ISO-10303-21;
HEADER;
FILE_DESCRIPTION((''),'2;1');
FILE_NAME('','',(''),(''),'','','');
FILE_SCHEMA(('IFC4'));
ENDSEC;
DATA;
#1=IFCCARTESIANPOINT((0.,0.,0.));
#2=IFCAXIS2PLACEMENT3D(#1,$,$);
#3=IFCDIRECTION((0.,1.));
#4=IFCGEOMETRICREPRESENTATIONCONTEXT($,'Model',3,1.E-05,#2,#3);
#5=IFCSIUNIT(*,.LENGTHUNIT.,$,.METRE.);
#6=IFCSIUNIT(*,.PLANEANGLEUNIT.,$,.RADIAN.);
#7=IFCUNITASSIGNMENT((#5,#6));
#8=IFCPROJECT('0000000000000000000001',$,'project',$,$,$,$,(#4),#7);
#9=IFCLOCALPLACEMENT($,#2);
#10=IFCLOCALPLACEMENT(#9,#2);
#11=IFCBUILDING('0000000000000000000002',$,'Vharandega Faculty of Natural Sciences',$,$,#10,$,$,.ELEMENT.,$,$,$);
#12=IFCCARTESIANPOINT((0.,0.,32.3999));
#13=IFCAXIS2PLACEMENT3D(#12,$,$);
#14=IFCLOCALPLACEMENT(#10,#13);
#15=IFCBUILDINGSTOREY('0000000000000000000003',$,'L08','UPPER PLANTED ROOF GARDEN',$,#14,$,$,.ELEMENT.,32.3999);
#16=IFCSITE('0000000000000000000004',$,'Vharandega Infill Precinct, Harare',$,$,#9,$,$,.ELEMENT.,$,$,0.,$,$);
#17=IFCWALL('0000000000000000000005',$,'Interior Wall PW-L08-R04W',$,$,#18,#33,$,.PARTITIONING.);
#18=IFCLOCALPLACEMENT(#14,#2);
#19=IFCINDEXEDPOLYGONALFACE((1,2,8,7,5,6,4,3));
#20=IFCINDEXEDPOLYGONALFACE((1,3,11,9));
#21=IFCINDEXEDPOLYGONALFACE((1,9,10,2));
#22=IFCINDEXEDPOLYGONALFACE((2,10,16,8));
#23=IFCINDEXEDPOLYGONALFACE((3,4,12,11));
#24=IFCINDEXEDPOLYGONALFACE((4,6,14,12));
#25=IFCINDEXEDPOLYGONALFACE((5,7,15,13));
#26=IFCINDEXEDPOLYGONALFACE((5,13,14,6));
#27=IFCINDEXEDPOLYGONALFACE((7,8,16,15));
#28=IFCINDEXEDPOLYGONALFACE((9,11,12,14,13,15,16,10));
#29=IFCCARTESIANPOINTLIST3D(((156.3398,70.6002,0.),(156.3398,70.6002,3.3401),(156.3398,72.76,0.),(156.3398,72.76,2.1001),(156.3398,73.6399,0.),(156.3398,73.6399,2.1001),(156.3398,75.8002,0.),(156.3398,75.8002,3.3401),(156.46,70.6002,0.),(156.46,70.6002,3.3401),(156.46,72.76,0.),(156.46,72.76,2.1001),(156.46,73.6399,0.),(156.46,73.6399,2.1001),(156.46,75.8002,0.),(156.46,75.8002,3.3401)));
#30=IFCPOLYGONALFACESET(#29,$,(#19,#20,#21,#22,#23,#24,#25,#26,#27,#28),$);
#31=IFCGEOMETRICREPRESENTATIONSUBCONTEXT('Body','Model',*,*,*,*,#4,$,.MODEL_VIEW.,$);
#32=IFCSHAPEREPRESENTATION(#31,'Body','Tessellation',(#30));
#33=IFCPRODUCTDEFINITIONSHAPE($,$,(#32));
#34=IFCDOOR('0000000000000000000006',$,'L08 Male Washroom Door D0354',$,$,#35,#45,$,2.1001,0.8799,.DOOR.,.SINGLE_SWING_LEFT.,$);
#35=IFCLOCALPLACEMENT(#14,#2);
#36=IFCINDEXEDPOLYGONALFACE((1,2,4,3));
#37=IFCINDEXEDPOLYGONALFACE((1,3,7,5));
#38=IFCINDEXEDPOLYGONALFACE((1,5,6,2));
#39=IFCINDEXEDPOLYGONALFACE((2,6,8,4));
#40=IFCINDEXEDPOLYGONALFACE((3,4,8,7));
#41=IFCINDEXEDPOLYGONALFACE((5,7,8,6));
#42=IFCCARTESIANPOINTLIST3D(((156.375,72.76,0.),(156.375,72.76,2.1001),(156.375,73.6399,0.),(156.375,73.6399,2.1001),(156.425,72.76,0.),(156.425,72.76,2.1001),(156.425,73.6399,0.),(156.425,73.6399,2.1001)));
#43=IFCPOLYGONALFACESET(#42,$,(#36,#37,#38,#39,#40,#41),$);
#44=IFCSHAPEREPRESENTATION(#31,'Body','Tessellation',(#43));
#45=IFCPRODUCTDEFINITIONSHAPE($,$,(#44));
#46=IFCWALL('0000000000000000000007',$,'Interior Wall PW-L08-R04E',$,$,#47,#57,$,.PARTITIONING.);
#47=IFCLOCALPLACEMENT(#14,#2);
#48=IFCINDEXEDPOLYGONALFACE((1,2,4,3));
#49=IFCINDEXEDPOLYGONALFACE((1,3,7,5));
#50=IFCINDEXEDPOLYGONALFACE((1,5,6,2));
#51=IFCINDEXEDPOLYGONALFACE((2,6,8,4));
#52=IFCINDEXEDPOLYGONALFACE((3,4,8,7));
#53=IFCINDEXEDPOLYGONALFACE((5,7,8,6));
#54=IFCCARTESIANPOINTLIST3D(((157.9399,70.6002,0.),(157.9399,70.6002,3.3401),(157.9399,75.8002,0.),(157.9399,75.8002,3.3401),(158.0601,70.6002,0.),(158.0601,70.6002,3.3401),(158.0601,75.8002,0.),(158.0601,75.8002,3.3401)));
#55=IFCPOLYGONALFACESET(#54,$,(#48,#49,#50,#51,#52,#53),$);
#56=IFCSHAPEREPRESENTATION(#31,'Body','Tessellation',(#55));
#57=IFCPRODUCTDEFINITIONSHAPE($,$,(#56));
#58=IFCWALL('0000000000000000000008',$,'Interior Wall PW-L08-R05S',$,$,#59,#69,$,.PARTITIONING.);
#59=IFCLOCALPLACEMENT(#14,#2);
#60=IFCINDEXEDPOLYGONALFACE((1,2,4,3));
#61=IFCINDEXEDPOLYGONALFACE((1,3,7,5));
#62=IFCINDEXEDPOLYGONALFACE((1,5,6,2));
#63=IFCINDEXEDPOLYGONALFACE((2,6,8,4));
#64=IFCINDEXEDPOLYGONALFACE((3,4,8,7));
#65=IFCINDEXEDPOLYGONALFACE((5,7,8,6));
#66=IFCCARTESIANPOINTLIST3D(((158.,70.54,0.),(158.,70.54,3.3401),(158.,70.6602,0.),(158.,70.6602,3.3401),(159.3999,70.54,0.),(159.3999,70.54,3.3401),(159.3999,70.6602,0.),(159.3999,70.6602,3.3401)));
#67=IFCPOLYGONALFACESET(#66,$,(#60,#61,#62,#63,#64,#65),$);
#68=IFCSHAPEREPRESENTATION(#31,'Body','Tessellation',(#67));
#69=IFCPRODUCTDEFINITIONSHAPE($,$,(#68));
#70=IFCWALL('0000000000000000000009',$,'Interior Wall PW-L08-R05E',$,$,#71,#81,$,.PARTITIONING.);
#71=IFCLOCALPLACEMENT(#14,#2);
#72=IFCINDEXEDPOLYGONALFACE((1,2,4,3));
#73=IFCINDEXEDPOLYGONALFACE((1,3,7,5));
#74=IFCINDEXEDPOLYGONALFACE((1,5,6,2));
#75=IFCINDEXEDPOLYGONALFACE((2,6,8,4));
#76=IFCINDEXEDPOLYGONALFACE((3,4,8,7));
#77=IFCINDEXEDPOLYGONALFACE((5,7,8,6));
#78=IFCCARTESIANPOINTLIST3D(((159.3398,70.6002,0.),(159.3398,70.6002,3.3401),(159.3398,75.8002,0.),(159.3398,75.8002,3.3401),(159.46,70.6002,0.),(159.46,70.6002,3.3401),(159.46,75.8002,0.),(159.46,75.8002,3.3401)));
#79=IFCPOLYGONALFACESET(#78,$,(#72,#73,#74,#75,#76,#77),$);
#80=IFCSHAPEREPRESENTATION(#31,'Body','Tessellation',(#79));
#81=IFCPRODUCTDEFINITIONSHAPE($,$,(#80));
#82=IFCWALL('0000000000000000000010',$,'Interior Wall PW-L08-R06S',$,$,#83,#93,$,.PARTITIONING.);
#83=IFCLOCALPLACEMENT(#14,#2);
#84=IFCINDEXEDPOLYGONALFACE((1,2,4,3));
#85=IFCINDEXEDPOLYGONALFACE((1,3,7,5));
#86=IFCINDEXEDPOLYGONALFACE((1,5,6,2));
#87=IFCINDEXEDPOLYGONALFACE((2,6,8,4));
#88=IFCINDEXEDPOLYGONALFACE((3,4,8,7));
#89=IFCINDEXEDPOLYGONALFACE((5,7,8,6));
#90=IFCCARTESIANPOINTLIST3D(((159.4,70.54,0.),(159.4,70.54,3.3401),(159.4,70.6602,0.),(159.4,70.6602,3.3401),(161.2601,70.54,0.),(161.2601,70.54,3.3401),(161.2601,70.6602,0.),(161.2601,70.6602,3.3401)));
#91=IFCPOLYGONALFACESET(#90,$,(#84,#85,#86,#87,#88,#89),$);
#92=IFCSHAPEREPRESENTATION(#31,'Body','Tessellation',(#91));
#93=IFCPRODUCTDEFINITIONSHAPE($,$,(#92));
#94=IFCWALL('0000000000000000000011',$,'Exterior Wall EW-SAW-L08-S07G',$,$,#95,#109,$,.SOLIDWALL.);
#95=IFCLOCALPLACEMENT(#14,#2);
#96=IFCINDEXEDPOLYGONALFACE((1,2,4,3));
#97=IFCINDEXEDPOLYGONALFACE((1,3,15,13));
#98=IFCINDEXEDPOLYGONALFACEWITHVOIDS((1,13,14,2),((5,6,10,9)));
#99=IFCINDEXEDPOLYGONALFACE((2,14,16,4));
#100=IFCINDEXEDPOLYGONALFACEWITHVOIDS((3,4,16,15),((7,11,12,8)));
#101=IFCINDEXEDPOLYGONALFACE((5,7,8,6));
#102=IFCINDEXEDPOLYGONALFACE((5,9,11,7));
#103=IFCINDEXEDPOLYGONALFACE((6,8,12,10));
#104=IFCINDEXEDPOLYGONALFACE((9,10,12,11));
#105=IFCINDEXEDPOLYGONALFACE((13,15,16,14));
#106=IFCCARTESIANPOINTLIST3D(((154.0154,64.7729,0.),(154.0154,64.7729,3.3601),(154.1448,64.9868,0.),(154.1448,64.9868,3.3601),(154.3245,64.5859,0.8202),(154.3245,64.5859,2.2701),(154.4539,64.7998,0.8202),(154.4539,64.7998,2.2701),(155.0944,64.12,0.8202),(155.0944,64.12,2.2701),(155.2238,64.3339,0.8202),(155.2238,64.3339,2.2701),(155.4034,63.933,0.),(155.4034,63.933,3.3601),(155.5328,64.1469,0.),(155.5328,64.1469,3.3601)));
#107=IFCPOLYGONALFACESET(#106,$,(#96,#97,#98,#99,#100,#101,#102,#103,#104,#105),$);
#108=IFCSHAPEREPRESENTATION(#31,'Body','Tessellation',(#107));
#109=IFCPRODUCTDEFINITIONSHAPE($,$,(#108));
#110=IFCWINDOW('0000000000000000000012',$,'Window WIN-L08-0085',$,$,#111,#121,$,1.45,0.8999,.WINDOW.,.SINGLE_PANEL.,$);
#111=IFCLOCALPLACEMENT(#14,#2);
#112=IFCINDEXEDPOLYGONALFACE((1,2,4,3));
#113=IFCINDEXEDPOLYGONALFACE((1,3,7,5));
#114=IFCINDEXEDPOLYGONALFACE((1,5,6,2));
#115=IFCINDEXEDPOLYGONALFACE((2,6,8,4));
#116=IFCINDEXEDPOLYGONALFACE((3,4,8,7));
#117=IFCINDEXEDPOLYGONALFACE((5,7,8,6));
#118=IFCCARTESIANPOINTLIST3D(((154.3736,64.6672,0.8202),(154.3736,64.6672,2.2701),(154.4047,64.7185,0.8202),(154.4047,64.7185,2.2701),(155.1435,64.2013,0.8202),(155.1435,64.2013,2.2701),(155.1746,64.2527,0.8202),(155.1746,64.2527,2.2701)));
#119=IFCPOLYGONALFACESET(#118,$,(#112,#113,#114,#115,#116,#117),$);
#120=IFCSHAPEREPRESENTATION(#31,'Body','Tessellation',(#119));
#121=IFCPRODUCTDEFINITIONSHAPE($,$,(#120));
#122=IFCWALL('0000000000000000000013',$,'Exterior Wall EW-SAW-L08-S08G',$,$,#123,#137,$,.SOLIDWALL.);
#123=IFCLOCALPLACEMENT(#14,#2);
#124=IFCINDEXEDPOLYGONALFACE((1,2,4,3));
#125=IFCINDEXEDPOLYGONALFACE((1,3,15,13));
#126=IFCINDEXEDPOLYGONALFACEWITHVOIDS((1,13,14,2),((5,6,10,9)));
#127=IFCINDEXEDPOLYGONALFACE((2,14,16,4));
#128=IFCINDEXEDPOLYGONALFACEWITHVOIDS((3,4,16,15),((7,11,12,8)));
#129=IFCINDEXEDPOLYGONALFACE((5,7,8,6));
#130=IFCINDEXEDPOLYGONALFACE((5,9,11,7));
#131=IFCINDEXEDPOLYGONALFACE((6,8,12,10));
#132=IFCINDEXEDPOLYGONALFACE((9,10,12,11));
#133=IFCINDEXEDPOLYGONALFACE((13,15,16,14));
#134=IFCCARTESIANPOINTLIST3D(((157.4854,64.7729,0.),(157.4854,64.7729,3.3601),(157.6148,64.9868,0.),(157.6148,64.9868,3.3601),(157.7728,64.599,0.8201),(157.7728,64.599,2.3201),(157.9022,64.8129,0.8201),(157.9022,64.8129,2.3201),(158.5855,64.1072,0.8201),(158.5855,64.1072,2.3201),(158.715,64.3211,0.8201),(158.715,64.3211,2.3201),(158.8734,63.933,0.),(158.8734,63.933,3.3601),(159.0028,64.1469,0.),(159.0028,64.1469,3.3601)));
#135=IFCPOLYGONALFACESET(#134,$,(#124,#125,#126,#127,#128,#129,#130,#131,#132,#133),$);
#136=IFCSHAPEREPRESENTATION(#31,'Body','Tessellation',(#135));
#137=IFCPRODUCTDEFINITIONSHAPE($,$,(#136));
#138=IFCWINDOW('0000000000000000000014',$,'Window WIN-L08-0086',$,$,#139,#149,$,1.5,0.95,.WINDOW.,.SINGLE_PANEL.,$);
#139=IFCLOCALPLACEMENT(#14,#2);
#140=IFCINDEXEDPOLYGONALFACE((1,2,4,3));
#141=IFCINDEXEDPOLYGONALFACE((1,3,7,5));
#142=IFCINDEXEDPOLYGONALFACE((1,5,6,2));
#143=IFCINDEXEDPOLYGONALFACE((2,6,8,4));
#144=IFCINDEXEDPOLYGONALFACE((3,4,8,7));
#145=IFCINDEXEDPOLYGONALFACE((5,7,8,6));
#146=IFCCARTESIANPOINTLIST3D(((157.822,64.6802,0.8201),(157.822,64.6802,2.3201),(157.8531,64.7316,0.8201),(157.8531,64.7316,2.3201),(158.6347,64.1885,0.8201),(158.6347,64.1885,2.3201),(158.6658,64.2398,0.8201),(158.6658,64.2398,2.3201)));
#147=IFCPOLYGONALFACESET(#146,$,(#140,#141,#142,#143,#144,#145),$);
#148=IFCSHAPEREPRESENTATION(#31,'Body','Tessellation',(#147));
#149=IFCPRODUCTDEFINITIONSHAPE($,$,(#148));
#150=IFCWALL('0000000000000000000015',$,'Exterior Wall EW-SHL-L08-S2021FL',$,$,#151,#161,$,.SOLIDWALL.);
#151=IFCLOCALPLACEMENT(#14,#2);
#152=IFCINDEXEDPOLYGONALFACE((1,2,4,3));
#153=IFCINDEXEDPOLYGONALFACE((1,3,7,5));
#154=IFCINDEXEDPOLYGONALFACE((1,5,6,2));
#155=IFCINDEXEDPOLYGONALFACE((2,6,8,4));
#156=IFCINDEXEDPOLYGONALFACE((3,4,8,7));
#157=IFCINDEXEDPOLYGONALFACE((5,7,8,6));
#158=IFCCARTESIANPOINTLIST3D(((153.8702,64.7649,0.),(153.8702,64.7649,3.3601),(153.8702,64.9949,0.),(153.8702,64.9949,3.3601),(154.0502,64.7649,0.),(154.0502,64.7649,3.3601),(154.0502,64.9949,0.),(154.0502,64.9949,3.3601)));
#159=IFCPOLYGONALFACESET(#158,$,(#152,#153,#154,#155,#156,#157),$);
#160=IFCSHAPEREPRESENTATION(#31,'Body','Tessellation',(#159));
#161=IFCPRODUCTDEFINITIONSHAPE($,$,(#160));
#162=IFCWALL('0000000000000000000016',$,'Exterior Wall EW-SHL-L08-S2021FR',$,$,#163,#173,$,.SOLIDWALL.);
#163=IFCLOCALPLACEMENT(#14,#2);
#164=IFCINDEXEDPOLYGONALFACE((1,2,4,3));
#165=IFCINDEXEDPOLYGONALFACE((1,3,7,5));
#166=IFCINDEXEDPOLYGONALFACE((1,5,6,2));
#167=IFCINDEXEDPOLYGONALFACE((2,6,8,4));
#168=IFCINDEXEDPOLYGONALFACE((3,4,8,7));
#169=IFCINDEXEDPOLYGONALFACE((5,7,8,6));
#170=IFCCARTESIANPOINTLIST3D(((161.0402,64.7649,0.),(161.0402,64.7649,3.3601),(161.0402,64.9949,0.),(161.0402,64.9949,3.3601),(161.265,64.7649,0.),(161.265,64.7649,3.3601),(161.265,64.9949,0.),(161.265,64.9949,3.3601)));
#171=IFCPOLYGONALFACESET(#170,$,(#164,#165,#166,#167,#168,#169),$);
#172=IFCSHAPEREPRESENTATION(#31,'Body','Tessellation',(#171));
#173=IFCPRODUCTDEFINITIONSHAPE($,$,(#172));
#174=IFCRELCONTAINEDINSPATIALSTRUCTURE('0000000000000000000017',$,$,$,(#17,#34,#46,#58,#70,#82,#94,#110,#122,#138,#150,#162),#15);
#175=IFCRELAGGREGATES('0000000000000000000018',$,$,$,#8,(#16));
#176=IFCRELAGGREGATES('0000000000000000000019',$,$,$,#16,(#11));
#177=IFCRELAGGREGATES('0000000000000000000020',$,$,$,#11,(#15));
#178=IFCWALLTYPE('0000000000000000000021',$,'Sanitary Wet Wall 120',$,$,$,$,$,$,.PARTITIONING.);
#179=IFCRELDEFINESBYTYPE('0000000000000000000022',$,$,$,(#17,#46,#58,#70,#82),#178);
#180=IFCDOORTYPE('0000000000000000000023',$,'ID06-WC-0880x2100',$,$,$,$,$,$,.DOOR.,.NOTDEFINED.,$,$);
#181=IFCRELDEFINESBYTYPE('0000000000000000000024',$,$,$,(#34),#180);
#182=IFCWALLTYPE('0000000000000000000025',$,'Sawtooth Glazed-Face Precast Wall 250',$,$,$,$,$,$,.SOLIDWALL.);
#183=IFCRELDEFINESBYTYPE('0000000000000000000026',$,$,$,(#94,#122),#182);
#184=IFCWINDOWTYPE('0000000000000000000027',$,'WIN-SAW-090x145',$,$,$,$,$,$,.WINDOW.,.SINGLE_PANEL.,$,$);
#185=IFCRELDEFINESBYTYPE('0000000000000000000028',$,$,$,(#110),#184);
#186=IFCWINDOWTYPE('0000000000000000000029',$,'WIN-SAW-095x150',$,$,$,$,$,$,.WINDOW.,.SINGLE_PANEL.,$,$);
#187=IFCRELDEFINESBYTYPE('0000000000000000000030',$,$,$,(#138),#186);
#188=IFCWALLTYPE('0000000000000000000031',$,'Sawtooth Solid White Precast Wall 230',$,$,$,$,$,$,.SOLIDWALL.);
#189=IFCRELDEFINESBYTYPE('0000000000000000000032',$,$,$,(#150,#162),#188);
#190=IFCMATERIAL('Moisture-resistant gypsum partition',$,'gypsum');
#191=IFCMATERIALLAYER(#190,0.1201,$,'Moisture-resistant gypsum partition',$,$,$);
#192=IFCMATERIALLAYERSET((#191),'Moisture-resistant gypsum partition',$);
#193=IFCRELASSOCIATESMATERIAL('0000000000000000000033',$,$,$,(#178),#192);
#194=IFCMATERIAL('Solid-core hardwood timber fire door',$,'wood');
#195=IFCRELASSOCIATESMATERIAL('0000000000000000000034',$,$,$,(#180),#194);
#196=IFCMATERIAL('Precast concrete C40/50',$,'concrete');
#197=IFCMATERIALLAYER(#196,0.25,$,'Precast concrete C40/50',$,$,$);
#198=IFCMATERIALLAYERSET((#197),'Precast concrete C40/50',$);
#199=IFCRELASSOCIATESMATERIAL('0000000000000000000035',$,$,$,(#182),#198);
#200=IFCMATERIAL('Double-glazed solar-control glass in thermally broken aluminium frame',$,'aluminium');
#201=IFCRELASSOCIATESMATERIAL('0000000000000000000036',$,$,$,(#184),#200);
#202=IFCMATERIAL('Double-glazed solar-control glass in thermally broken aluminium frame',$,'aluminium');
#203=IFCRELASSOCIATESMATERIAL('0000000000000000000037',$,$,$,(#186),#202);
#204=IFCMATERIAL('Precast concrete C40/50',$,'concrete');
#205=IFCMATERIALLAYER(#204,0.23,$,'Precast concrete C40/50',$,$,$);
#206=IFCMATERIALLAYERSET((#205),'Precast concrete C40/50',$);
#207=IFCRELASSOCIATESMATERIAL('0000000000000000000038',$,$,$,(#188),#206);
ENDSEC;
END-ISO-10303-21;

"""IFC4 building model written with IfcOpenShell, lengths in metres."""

from ifc_helpers import new_model, si_unit, direction, frame, frame_2d, origin, place, context, subcontext, project, spatial, rectangle, extrude, material, layer, layer_set, type_object, element, fill, save


model = new_model("IFC4")

# Units and contexts
model_context = context("Model", 3, precision=1e-05, world=origin(), true_north=direction((0.0, 1.0)))
body_context = subcontext(model_context, "Body", "Model", "MODEL_VIEW")
ifc_project = project(units=[si_unit("LENGTHUNIT", "METRE"), si_unit("PLANEANGLEUNIT", "RADIAN")], contexts=[model_context])

# Site, building, storey
site_placement = place(None, origin())
site = spatial("IfcSite", under=ifc_project, at=site_placement, Name="Vharandega Infill Precinct, Harare", CompositionType="ELEMENT", RefElevation=0.0)
building_placement = place(site_placement, origin())
building = spatial("IfcBuilding", under=site, at=building_placement, Name="Vharandega Faculty of Natural Sciences", CompositionType="ELEMENT")
storey_placement = place(building_placement, frame((0.0, 0.0, 32.3999)))
storey = spatial("IfcBuildingStorey", under=building, at=storey_placement, Name="L08", Description="UPPER PLANTED ROOF GARDEN", CompositionType="ELEMENT", Elevation=32.3999)

# Shared definitions
ifc_material_1 = material(Name="Moisture-resistant gypsum partition", Category="gypsum")
ifc_layer_1 = layer(ifc_material_1, 0.1201, Name="Moisture-resistant gypsum partition")
ifc_layer_set_1 = layer_set([ifc_layer_1], Name="Moisture-resistant gypsum partition")
wall_type_1 = type_object("IfcWallType", Name="Sanitary Wet Wall 120", PredefinedType="PARTITIONING", material=ifc_layer_set_1)

# Wall, opening, door
wall_1_placement = place(storey_placement, frame((156.3999, 70.6001, 0.0), z_axis=(0.0, 0.0, 1.0), x_axis=(0.0, 1.0, 0.0)))
wall_1 = element("IfcWall", 1, at=wall_1_placement, inside=storey, type_object=wall_type_1, Name="Interior Wall PW-L08-R04W", PredefinedType="PARTITIONING", context=body_context, shape_type="SweptSolid", body=[
    extrude(rectangle(XDim=5.2, YDim=0.1201, at=frame_2d((2.6001, 0.0))), origin(), (0.0, 0.0, 1.0), 3.3401),
])
opening_1_placement = place(wall_1_placement, frame((2.1599, 0.0, 0.0)))
opening_1 = element("IfcOpeningElement", 2, at=opening_1_placement, cuts=wall_1, PredefinedType="OPENING", context=body_context, shape_type="SweptSolid", body=[
    extrude(rectangle(XDim=0.8799, YDim=2.1001, at=frame_2d((0.4399, 1.05))), frame((0.0, 0.0701, 0.0), z_axis=(0.0, -1.0, 0.0), x_axis=(1.0, 0.0, 0.0)), (0.0, 0.0, 1.0), 0.1401),
])
ifc_material_2 = material(Name="Solid-core hardwood timber fire door", Category="wood")
door_type_1 = type_object("IfcDoorType", Name="ID06-WC-0880x2100", OperationType="NOTDEFINED", PredefinedType="DOOR", material=ifc_material_2)
door_1_placement = place(opening_1_placement, origin())
door_1 = element("IfcDoor", 3, at=door_1_placement, inside=storey, type_object=door_type_1, Name="L08 Male Washroom Door D0354", OperationType="SINGLE_SWING_LEFT", OverallHeight=2.1001, OverallWidth=0.8799, PredefinedType="DOOR", context=body_context, shape_type="SweptSolid", body=[
    extrude(rectangle(XDim=0.8799, YDim=2.1001, at=frame_2d((0.4399, 1.05))), frame((0.0, 0.0249, 0.0), z_axis=(0.0, -1.0, 0.0), x_axis=(1.0, 0.0, 0.0)), (0.0, 0.0, 1.0), 0.05),
])
fill(opening_1, door_1)

# Walls
wall_2_placement = place(storey_placement, frame((158.0, 70.6001, 0.0), z_axis=(0.0, 0.0, 1.0), x_axis=(0.0, 1.0, 0.0)))
element("IfcWall", 4, at=wall_2_placement, inside=storey, type_object=wall_type_1, Name="Interior Wall PW-L08-R04E", PredefinedType="PARTITIONING", context=body_context, shape_type="SweptSolid", body=[
    extrude(rectangle(XDim=5.2, YDim=0.1201, at=frame_2d((2.6001, 0.0))), origin(), (0.0, 0.0, 1.0), 3.3401),
])
wall_3_placement = place(storey_placement, frame((158.0, 70.6001, 0.0), z_axis=(0.0, 0.0, 1.0), x_axis=(1.0, 0.0, 0.0)))
element("IfcWall", 5, at=wall_3_placement, inside=storey, type_object=wall_type_1, Name="Interior Wall PW-L08-R05S", PredefinedType="PARTITIONING", context=body_context, shape_type="SweptSolid", body=[
    extrude(rectangle(XDim=1.3999, YDim=0.1201, at=frame_2d((0.7, 0.0))), origin(), (0.0, 0.0, 1.0), 3.3401),
])
wall_4_placement = place(storey_placement, frame((159.3999, 70.6001, 0.0), z_axis=(0.0, 0.0, 1.0), x_axis=(0.0, 1.0, 0.0)))
element("IfcWall", 6, at=wall_4_placement, inside=storey, type_object=wall_type_1, Name="Interior Wall PW-L08-R05E", PredefinedType="PARTITIONING", context=body_context, shape_type="SweptSolid", body=[
    extrude(rectangle(XDim=5.2, YDim=0.1201, at=frame_2d((2.6001, 0.0))), origin(), (0.0, 0.0, 1.0), 3.3401),
])
wall_5_placement = place(storey_placement, frame((159.3999, 70.6001, 0.0), z_axis=(0.0, 0.0, 1.0), x_axis=(1.0, 0.0, 0.0)))
element("IfcWall", 7, at=wall_5_placement, inside=storey, type_object=wall_type_1, Name="Interior Wall PW-L08-R06S", PredefinedType="PARTITIONING", context=body_context, shape_type="SweptSolid", body=[
    extrude(rectangle(XDim=1.8601, YDim=0.1201, at=frame_2d((0.9302, 0.0))), origin(), (0.0, 0.0, 1.0), 3.3401),
])

# Walls, openings, windows
ifc_material_3 = material(Name="Precast concrete C40/50", Category="concrete")
ifc_layer_2 = layer(ifc_material_3, 0.25, Name="Precast concrete C40/50")
ifc_layer_set_2 = layer_set([ifc_layer_2], Name="Precast concrete C40/50")
wall_type_2 = type_object("IfcWallType", Name="Sawtooth Glazed-Face Precast Wall 250", PredefinedType="SOLIDWALL", material=ifc_layer_set_2)
wall_6_placement = place(storey_placement, frame((155.468, 64.04, 0.0), z_axis=(0.0, 0.0, 1.0), x_axis=(-0.855561, 0.517701, 0.0)))
wall_6 = element("IfcWall", 8, at=wall_6_placement, inside=storey, type_object=wall_type_2, Name="Exterior Wall EW-SAW-L08-S07G", PredefinedType="SOLIDWALL", context=body_context, shape_type="SweptSolid", body=[
    extrude(rectangle(XDim=1.6223, YDim=0.25, at=frame_2d((0.811, 0.0))), origin(), (0.0, 0.0, 1.0), 3.3601),
])
opening_2_placement = place(wall_6_placement, frame((0.3611, 0.0, 0.8201)))
opening_2 = element("IfcOpeningElement", 9, at=opening_2_placement, cuts=wall_6, PredefinedType="OPENING", context=body_context, shape_type="SweptSolid", body=[
    extrude(rectangle(XDim=0.8999, YDim=1.45, at=frame_2d((0.45, 0.7251))), frame((0.0, 0.135, 0.0), z_axis=(0.0, -1.0, 0.0), x_axis=(1.0, 0.0, 0.0)), (0.0, 0.0, 1.0), 0.27),
])
ifc_material_4 = material(Name="Double-glazed solar-control glass in thermally broken aluminium frame", Category="aluminium")
window_type_1 = type_object("IfcWindowType", Name="WIN-SAW-090x145", PartitioningType="SINGLE_PANEL", PredefinedType="WINDOW", material=ifc_material_4)
window_1_placement = place(opening_2_placement, origin())
window_1 = element("IfcWindow", 10, at=window_1_placement, inside=storey, type_object=window_type_1, Name="Window WIN-L08-0085", OverallHeight=1.45, OverallWidth=0.8999, PartitioningType="SINGLE_PANEL", PredefinedType="WINDOW", context=body_context, shape_type="SweptSolid", body=[
    extrude(rectangle(XDim=0.8999, YDim=1.45, at=frame_2d((0.45, 0.7251))), frame((0.0, 0.03, 0.0), z_axis=(0.0, -1.0, 0.0), x_axis=(1.0, 0.0, 0.0)), (0.0, 0.0, 1.0), 0.0601),
])
fill(opening_2, window_1)
wall_7_placement = place(storey_placement, frame((158.938, 64.04, 0.0), z_axis=(0.0, 0.0, 1.0), x_axis=(-0.855561, 0.517701, 0.0)))
wall_7 = element("IfcWall", 11, at=wall_7_placement, inside=storey, type_object=wall_type_2, Name="Exterior Wall EW-SAW-L08-S08G", PredefinedType="SOLIDWALL", context=body_context, shape_type="SweptSolid", body=[
    extrude(rectangle(XDim=1.6223, YDim=0.25, at=frame_2d((0.811, 0.0))), origin(), (0.0, 0.0, 1.0), 3.3601),
])
opening_3_placement = place(wall_7_placement, frame((0.3362, 0.0, 0.8201)))
opening_3 = element("IfcOpeningElement", 12, at=opening_3_placement, cuts=wall_7, PredefinedType="OPENING", context=body_context, shape_type="SweptSolid", body=[
    extrude(rectangle(XDim=0.95, YDim=1.5, at=frame_2d((0.4751, 0.75))), frame((0.0, 0.135, 0.0), z_axis=(0.0, -1.0, 0.0), x_axis=(1.0, 0.0, 0.0)), (0.0, 0.0, 1.0), 0.27),
])
ifc_material_5 = material(Name="Double-glazed solar-control glass in thermally broken aluminium frame", Category="aluminium")
window_type_2 = type_object("IfcWindowType", Name="WIN-SAW-095x150", PartitioningType="SINGLE_PANEL", PredefinedType="WINDOW", material=ifc_material_5)
window_2_placement = place(opening_3_placement, origin())
window_2 = element("IfcWindow", 13, at=window_2_placement, inside=storey, type_object=window_type_2, Name="Window WIN-L08-0086", OverallHeight=1.5, OverallWidth=0.95, PartitioningType="SINGLE_PANEL", PredefinedType="WINDOW", context=body_context, shape_type="SweptSolid", body=[
    extrude(rectangle(XDim=0.95, YDim=1.5, at=frame_2d((0.4751, 0.75))), frame((0.0, 0.03, 0.0), z_axis=(0.0, -1.0, 0.0), x_axis=(1.0, 0.0, 0.0)), (0.0, 0.0, 1.0), 0.0601),
])
fill(opening_3, window_2)

# Walls
ifc_material_6 = material(Name="Precast concrete C40/50", Category="concrete")
ifc_layer_3 = layer(ifc_material_6, 0.23, Name="Precast concrete C40/50")
ifc_layer_set_3 = layer_set([ifc_layer_3], Name="Precast concrete C40/50")
wall_type_3 = type_object("IfcWallType", Name="Sawtooth Solid White Precast Wall 230", PredefinedType="SOLIDWALL", material=ifc_layer_set_3)
wall_8_placement = place(storey_placement, frame((154.05, 64.8799, 0.0), z_axis=(0.0, 0.0, 1.0), x_axis=(-1.0, 0.0, 0.0)))
element("IfcWall", 14, at=wall_8_placement, inside=storey, type_object=wall_type_3, Name="Exterior Wall EW-SHL-L08-S2021FL", PredefinedType="SOLIDWALL", context=body_context, shape_type="SweptSolid", body=[
    extrude(rectangle(XDim=0.1799, YDim=0.23, at=frame_2d((0.0898, 0.0))), origin(), (0.0, 0.0, 1.0), 3.3601),
])
wall_9_placement = place(storey_placement, frame((161.2649, 64.8799, 0.0), z_axis=(0.0, 0.0, 1.0), x_axis=(-1.0, 0.0, 0.0)))
element("IfcWall", 15, at=wall_9_placement, inside=storey, type_object=wall_type_3, Name="Exterior Wall EW-SHL-L08-S2021FR", PredefinedType="SOLIDWALL", context=body_context, shape_type="SweptSolid", body=[
    extrude(rectangle(XDim=0.2249, YDim=0.23, at=frame_2d((0.1123, 0.0))), origin(), (0.0, 0.0, 1.0), 3.3601),
])

save(model, "model.ifc")
